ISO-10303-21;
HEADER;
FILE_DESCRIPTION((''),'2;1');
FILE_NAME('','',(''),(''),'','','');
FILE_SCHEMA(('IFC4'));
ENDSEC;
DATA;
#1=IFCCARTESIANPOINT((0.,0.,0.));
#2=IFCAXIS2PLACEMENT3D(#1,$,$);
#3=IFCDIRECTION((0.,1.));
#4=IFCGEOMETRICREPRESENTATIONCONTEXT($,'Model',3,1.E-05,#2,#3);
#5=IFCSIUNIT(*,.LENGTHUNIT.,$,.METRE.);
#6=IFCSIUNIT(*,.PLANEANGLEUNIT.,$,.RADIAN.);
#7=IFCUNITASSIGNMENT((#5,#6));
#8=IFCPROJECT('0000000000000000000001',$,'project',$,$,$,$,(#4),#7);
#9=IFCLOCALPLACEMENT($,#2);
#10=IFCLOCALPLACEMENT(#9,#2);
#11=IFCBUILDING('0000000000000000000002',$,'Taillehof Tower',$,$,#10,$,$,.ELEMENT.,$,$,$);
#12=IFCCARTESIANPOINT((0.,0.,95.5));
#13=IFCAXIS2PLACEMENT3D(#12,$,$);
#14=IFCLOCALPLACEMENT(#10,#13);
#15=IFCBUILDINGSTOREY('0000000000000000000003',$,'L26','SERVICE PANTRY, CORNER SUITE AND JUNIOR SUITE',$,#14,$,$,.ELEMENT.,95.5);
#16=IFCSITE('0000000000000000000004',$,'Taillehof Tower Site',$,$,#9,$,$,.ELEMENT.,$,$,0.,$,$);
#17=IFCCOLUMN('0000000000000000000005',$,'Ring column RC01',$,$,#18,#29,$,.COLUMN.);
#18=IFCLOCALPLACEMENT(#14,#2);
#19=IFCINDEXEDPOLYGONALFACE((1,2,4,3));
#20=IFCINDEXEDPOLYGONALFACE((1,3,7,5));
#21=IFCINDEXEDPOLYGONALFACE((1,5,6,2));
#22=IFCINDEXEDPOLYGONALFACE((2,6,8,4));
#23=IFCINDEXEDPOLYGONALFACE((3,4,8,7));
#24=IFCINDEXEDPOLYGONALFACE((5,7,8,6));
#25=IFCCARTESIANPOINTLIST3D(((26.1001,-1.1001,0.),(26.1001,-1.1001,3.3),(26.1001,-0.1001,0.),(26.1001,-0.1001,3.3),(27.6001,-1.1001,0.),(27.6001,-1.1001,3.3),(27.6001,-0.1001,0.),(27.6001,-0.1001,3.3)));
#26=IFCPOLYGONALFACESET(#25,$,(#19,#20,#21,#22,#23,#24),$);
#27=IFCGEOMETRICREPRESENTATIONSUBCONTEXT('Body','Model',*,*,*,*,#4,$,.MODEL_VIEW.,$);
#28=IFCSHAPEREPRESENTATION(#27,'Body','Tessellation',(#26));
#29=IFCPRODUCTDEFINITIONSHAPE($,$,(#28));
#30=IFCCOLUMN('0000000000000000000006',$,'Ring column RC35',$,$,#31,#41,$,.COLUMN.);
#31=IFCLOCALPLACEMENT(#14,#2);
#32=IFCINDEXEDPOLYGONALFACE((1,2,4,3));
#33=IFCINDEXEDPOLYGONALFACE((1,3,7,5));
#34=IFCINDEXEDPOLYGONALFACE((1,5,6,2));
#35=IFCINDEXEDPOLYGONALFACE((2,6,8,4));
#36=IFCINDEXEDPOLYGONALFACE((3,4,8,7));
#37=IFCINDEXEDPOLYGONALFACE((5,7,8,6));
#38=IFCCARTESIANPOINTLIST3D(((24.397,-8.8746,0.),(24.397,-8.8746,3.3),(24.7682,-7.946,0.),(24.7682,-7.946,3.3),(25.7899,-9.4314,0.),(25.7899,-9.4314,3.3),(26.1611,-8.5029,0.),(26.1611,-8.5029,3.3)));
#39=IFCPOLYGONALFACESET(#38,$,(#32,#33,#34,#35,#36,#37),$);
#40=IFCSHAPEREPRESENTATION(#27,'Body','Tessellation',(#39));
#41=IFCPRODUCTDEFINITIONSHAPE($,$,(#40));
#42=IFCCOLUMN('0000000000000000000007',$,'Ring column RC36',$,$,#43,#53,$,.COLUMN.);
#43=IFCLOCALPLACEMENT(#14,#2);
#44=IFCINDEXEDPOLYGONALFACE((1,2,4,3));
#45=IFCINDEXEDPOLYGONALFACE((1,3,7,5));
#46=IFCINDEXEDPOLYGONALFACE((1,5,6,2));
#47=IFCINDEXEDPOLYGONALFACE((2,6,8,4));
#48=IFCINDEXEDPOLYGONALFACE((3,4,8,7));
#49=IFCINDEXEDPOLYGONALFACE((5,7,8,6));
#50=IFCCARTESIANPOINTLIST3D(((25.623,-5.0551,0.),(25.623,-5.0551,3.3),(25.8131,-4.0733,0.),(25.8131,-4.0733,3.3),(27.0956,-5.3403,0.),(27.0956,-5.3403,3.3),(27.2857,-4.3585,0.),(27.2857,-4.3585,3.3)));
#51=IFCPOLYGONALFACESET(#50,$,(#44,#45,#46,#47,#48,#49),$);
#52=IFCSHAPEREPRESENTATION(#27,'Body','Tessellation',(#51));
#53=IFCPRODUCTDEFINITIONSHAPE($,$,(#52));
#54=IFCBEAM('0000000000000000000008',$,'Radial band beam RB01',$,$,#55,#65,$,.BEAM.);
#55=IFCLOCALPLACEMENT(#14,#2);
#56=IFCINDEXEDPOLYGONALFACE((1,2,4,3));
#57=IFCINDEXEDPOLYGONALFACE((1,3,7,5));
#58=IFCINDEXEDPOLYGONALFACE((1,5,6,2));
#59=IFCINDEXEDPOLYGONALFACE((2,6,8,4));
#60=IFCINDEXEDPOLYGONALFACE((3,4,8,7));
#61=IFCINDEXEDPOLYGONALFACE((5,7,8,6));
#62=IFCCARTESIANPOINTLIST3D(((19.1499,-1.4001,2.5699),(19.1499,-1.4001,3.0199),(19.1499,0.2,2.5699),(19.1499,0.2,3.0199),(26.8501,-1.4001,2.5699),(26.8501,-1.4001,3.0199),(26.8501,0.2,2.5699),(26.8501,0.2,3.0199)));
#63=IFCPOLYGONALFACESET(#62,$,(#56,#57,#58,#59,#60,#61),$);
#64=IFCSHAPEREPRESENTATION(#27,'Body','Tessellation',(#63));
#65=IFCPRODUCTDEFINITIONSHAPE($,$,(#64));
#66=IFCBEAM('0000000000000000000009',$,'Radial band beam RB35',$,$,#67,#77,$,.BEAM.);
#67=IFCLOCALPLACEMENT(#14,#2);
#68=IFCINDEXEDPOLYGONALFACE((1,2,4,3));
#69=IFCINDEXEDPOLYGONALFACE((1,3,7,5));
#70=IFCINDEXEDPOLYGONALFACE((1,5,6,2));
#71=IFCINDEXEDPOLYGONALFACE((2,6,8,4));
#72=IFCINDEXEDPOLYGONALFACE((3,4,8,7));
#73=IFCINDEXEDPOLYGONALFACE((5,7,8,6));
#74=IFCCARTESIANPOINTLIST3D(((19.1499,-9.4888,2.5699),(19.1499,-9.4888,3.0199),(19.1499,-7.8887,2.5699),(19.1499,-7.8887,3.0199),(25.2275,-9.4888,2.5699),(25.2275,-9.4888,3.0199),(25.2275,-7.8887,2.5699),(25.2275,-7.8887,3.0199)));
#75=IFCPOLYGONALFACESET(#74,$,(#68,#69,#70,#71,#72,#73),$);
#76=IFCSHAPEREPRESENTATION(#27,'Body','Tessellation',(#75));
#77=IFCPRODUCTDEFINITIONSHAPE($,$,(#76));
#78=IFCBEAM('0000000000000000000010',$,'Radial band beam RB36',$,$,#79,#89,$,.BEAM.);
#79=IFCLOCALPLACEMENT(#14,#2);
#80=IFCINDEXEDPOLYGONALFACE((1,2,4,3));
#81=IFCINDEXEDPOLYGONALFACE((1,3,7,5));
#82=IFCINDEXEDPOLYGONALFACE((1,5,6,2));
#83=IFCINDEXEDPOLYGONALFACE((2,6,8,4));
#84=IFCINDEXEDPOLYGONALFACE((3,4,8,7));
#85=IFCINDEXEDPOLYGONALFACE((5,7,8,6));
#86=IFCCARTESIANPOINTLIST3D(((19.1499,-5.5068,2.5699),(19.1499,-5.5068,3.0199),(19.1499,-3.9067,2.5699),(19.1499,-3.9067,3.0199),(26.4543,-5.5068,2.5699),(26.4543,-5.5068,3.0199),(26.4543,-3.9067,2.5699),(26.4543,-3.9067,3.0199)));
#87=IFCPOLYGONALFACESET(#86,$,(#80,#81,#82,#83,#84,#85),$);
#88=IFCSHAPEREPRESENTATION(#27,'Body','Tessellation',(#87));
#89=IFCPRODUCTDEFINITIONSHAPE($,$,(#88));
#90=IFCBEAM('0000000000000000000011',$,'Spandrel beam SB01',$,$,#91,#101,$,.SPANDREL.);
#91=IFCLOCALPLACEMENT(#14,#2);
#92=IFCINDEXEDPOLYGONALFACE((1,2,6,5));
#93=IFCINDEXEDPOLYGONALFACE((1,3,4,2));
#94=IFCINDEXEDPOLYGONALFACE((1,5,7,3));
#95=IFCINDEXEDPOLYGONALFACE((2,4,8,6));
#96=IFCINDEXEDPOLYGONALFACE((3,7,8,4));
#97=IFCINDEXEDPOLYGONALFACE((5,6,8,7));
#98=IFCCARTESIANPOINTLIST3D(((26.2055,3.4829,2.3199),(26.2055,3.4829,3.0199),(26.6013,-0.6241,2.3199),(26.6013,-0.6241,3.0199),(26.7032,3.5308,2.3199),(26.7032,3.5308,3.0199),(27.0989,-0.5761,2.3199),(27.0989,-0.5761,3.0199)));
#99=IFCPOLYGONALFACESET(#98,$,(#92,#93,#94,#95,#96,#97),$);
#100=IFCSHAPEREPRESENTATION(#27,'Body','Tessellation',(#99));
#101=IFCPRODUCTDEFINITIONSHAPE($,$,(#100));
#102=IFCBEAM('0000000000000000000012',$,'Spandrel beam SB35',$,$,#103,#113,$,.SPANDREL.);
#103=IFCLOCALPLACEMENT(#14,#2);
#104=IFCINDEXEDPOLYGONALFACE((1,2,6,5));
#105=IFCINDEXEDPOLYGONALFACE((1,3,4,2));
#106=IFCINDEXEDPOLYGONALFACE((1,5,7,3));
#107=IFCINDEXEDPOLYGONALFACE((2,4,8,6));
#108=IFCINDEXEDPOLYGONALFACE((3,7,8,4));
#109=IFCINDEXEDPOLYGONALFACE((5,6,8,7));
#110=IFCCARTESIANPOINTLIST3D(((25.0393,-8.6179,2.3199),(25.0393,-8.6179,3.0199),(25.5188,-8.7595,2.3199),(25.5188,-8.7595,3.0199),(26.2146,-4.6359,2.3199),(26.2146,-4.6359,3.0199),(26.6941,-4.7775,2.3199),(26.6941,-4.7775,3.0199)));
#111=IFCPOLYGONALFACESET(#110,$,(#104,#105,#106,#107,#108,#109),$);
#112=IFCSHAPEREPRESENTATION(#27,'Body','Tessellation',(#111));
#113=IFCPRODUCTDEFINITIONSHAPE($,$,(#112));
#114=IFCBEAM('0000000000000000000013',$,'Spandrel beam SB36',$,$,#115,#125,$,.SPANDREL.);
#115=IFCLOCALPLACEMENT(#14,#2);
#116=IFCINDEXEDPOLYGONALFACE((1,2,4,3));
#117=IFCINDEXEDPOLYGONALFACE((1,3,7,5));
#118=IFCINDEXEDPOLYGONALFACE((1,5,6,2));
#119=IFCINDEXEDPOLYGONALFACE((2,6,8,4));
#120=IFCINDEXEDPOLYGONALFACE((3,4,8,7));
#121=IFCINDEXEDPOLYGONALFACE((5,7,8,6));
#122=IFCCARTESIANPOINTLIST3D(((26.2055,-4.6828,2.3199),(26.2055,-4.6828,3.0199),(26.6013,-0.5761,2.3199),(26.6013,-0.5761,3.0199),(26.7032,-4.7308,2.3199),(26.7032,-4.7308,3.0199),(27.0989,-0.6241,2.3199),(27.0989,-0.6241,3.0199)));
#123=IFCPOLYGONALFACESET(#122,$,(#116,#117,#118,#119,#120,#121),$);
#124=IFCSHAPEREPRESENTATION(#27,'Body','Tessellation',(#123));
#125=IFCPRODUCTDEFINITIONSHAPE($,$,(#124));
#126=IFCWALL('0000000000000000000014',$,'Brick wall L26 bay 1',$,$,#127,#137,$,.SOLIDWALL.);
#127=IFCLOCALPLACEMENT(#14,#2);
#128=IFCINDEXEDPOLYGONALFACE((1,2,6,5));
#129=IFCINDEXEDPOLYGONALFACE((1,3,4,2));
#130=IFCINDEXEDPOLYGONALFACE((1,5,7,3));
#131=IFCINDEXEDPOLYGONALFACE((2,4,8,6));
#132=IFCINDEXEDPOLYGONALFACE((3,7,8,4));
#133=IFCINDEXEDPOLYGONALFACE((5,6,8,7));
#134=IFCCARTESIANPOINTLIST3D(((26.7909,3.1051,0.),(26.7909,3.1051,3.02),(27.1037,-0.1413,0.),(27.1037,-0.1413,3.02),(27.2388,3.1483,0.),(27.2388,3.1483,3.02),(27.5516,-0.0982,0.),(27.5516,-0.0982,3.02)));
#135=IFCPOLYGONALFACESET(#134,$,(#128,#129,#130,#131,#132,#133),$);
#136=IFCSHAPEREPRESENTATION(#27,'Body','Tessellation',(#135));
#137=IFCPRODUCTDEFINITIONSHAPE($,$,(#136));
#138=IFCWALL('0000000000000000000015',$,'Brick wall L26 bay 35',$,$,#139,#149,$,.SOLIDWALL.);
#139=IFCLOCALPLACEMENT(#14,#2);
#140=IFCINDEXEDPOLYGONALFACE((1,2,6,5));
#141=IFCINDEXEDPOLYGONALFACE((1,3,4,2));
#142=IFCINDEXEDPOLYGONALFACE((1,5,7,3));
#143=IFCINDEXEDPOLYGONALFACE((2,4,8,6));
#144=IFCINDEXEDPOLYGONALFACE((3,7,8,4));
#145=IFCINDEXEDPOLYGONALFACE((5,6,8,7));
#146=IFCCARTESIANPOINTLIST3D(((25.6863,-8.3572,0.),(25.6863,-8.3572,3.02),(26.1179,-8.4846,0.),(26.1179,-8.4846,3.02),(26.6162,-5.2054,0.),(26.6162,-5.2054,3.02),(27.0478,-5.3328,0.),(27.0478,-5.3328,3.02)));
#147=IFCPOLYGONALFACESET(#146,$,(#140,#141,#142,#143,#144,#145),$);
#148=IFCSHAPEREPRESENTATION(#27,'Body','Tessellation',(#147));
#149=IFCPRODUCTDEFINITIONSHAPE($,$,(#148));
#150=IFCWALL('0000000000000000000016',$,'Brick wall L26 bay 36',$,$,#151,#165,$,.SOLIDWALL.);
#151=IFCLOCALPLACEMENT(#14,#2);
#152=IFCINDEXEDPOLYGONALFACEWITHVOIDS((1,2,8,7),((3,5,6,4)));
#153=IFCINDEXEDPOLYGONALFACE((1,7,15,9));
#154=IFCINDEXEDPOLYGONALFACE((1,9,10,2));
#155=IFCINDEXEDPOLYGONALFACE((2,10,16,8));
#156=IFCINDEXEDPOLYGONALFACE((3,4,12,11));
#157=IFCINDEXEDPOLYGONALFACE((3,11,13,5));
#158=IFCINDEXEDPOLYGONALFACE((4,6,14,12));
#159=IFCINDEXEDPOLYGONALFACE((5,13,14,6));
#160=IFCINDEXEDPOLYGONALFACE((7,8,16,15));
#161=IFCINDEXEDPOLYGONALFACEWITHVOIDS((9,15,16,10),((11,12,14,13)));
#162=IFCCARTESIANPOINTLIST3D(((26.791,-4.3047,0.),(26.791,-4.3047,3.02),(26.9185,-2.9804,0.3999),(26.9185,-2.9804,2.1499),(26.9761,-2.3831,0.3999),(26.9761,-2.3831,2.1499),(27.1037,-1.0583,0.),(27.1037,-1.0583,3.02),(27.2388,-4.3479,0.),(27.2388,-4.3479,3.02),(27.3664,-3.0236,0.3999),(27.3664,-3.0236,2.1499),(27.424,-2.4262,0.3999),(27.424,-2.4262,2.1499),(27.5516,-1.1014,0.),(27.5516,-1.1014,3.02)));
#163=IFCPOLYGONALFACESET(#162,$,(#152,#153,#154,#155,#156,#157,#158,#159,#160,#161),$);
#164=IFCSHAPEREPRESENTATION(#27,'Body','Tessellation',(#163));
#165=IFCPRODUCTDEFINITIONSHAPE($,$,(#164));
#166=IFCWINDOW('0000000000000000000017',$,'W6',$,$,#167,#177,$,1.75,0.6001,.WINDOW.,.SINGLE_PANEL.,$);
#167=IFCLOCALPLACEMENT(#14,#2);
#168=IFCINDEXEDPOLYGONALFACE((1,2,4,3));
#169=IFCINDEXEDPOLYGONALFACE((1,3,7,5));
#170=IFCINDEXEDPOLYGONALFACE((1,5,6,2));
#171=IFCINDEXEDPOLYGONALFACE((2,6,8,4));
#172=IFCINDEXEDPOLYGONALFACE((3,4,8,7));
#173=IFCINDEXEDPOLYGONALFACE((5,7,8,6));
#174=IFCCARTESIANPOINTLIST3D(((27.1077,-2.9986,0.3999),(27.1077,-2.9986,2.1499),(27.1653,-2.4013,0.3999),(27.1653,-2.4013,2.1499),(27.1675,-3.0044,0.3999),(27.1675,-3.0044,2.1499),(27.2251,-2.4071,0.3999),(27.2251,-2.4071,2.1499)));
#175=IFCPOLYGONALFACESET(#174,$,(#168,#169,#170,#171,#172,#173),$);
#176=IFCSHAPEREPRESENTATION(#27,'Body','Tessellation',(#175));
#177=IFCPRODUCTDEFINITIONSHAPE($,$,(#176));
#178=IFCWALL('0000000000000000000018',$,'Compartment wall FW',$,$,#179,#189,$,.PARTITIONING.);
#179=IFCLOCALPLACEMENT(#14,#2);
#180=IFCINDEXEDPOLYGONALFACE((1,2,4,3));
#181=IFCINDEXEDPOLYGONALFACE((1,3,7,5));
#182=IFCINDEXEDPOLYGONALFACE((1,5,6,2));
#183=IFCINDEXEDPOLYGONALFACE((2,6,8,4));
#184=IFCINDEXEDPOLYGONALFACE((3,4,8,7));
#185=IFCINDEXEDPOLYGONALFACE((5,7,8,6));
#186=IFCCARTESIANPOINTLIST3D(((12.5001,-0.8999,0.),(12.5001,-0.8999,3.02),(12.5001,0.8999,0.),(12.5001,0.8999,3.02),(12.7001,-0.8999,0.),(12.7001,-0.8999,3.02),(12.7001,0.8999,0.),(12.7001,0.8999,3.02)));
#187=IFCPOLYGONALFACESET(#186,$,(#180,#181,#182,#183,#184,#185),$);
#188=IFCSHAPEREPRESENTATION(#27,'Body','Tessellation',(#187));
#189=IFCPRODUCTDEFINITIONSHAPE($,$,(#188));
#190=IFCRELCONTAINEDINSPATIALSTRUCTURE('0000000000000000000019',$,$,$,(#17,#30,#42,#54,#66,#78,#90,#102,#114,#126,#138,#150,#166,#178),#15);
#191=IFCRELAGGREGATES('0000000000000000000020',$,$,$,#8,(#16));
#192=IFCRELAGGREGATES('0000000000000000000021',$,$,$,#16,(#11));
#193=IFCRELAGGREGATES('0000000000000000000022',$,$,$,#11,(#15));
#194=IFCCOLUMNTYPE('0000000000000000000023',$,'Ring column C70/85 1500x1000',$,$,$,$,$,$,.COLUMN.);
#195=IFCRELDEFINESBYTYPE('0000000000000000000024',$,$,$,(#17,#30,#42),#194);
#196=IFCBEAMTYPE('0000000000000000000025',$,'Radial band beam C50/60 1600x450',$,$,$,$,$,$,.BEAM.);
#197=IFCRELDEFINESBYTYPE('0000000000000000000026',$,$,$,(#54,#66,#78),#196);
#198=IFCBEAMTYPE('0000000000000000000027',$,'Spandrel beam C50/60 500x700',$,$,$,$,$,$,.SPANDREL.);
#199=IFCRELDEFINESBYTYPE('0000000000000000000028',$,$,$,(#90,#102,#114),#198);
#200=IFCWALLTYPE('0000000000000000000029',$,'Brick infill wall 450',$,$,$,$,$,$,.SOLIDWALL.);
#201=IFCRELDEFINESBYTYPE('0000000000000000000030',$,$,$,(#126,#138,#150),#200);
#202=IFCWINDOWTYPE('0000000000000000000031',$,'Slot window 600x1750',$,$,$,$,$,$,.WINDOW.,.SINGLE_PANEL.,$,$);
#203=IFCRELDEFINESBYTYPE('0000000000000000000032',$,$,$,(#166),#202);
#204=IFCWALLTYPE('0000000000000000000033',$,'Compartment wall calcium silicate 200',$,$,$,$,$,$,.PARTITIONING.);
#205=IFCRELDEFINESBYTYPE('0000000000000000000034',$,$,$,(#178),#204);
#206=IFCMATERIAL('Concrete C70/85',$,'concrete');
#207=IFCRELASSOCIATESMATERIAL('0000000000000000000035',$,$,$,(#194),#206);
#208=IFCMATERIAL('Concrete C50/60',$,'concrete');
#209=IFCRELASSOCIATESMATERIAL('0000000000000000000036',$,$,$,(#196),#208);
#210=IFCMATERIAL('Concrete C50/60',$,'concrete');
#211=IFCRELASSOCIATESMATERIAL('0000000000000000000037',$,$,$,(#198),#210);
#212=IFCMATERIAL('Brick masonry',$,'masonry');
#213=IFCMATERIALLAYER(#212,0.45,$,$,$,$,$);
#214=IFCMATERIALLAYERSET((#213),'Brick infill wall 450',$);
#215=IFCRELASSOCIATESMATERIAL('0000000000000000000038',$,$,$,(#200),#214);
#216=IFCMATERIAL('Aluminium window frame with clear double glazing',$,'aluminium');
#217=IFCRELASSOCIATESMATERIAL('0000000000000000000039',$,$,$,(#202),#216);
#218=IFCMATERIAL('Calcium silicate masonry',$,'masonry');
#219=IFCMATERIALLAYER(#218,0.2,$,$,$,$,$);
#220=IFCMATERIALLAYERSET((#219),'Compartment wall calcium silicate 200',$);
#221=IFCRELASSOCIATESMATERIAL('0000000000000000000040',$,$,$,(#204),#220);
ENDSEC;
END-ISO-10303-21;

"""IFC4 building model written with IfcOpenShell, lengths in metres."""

from ifc_helpers import new_model, si_unit, direction, frame, frame_2d, origin, origin_2d, place, context, subcontext, project, spatial, rectangle, extrude, material, layer, layer_set, material_profile, profile_set, type_object, element, fill, save


model = new_model("IFC4")

# Units and contexts
model_context = context("Model", 3, precision=1e-05, world=origin(), true_north=direction((0.0, 1.0)))
body_context = subcontext(model_context, "Body", "Model", "MODEL_VIEW")
ifc_project = project(units=[si_unit("LENGTHUNIT", "METRE"), si_unit("PLANEANGLEUNIT", "RADIAN")], contexts=[model_context])

# Site, building, storey
site_placement = place(None, origin())
site = spatial("IfcSite", under=ifc_project, at=site_placement, Name="Taillehof Tower Site", CompositionType="ELEMENT", RefElevation=0.0)
building_placement = place(site_placement, origin())
building = spatial("IfcBuilding", under=site, at=building_placement, Name="Taillehof Tower", CompositionType="ELEMENT")
storey_placement = place(building_placement, frame((0.0, 0.0, 95.5)))
storey = spatial("IfcBuildingStorey", under=building, at=storey_placement, Name="L26", Description="SERVICE PANTRY, CORNER SUITE AND JUNIOR SUITE", CompositionType="ELEMENT", Elevation=95.5)

# Columns
ifc_material_1 = material(Name="Concrete C70/85", Category="concrete")
ifc_material_profile_1 = material_profile(ifc_material_1, rectangle(XDim=1.5, YDim=1.0, at=origin_2d()), Name="RC 1500x1000")
ifc_profile_set_1 = profile_set([ifc_material_profile_1], Name="Concrete C70/85")
column_type = type_object("IfcColumnType", Name="Ring column C70/85 1500x1000", PredefinedType="COLUMN", material=ifc_profile_set_1)
for number, where, z_axis, x_axis, name in (
    (1, (26.8501, -0.6001, 0.0), (0.0, 0.0, 1.0), (1.0, 0.0, 0.0), "Ring column RC01"),
    (2, (25.2791, -8.6887, 0.0), (0.0, 0.0, 1.0), (0.92855, -0.371207, 0.0), "Ring column RC35"),
    (3, (26.4543, -4.7068, 0.0), (0.0, 0.0, 1.0), (0.981757, -0.190138, 0.0), "Ring column RC36"),
):
    element("IfcColumn", number, at=place(storey_placement, frame(where, z_axis=z_axis, x_axis=x_axis)), inside=storey, type_object=column_type, Name=name, PredefinedType="COLUMN", context=body_context, shape_type="SweptSolid", body=[
        extrude(rectangle(XDim=1.5, YDim=1.0, at=origin_2d()), origin(), (0.0, 0.0, 1.0), 3.3),
    ])

# Beams
ifc_material_2 = material(Name="Concrete C50/60", Category="concrete")
ifc_material_profile_2 = material_profile(ifc_material_2, rectangle(XDim=1.6001, YDim=0.45, at=origin_2d()), Name="RC 1600x450")
ifc_profile_set_2 = profile_set([ifc_material_profile_2], Name="Concrete C50/60")
beam_type_1 = type_object("IfcBeamType", Name="Radial band beam C50/60 1600x450", PredefinedType="BEAM", material=ifc_profile_set_2)
beam_1_placement = place(storey_placement, frame((26.8501, -0.6001, 2.7949), z_axis=(-1.0, 0.0, 0.0), x_axis=(0.0, -1.0, 0.0)))
element("IfcBeam", 4, at=beam_1_placement, inside=storey, type_object=beam_type_1, Name="Radial band beam RB01", PredefinedType="BEAM", context=body_context, shape_type="SweptSolid", body=[
    extrude(rectangle(XDim=1.6001, YDim=0.45, at=origin_2d()), origin(), (0.0, 0.0, 1.0), 7.7002),
])
beam_2_placement = place(storey_placement, frame((25.2275, -8.6887, 2.7949), z_axis=(-1.0, 0.0, 0.0), x_axis=(0.0, -1.0, 0.0)))
element("IfcBeam", 5, at=beam_2_placement, inside=storey, type_object=beam_type_1, Name="Radial band beam RB35", PredefinedType="BEAM", context=body_context, shape_type="SweptSolid", body=[
    extrude(rectangle(XDim=1.6001, YDim=0.45, at=origin_2d()), origin(), (0.0, 0.0, 1.0), 6.0776),
])
beam_3_placement = place(storey_placement, frame((26.4543, -4.7068, 2.7949), z_axis=(-1.0, 0.0, 0.0), x_axis=(0.0, -1.0, 0.0)))
element("IfcBeam", 6, at=beam_3_placement, inside=storey, type_object=beam_type_1, Name="Radial band beam RB36", PredefinedType="BEAM", context=body_context, shape_type="SweptSolid", body=[
    extrude(rectangle(XDim=1.6001, YDim=0.45, at=origin_2d()), origin(), (0.0, 0.0, 1.0), 7.3044),
])
ifc_material_3 = material(Name="Concrete C50/60", Category="concrete")
ifc_material_profile_3 = material_profile(ifc_material_3, rectangle(XDim=0.5, YDim=0.7, at=origin_2d()), Name="RC 500x700")
ifc_profile_set_3 = profile_set([ifc_material_profile_3], Name="Concrete C50/60")
beam_type_2 = type_object("IfcBeamType", Name="Spandrel beam C50/60 500x700", PredefinedType="SPANDREL", material=ifc_profile_set_3)
beam_4_placement = place(storey_placement, frame((26.8501, -0.6001, 2.6699), z_axis=(-0.095918, 0.995389, 0.0), x_axis=(-0.995389, -0.095918, 0.0)))
element("IfcBeam", 7, at=beam_4_placement, inside=storey, type_object=beam_type_2, Name="Spandrel beam SB01", PredefinedType="SPANDREL", context=body_context, shape_type="SweptSolid", body=[
    extrude(rectangle(XDim=0.5, YDim=0.7, at=origin_2d()), origin(), (0.0, 0.0, 1.0), 4.126),
])
beam_5_placement = place(storey_placement, frame((25.2791, -8.6887, 2.6699), z_axis=(0.283083, 0.959095, 0.0), x_axis=(-0.959095, 0.283083, 0.0)))
element("IfcBeam", 8, at=beam_5_placement, inside=storey, type_object=beam_type_2, Name="Spandrel beam SB35", PredefinedType="SPANDREL", context=body_context, shape_type="SweptSolid", body=[
    extrude(rectangle(XDim=0.5, YDim=0.7, at=origin_2d()), origin(), (0.0, 0.0, 1.0), 4.1519),
])
beam_6_placement = place(storey_placement, frame((26.4543, -4.7068, 2.6699), z_axis=(0.095923, 0.995389, 0.0), x_axis=(-0.995389, 0.095923, 0.0)))
element("IfcBeam", 9, at=beam_6_placement, inside=storey, type_object=beam_type_2, Name="Spandrel beam SB36", PredefinedType="SPANDREL", context=body_context, shape_type="SweptSolid", body=[
    extrude(rectangle(XDim=0.5, YDim=0.7, at=origin_2d()), origin(), (0.0, 0.0, 1.0), 4.1257),
])

# Walls
ifc_material_4 = material(Name="Brick masonry", Category="masonry")
ifc_layer_1 = layer(ifc_material_4, 0.45)
ifc_layer_set_1 = layer_set([ifc_layer_1], Name="Brick infill wall 450")
wall_type_1 = type_object("IfcWallType", Name="Brick infill wall 450", PredefinedType="SOLIDWALL", material=ifc_layer_set_1)
wall_1_placement = place(storey_placement, frame((27.3276, -0.1199, 0.0), z_axis=(0.0, 0.0, 1.0), x_axis=(-0.095894, 0.995392, 0.0)))
element("IfcWall", 10, at=wall_1_placement, inside=storey, type_object=wall_type_1, Name="Brick wall L26 bay 1", PredefinedType="SOLIDWALL", context=body_context, shape_type="SweptSolid", body=[
    extrude(rectangle(XDim=3.2615, YDim=0.45, at=frame_2d((1.6309, 0.0))), origin(), (0.0, 0.0, 1.0), 3.02),
])
wall_2_placement = place(storey_placement, frame((25.9021, -8.4209, 0.0), z_axis=(0.0, 0.0, 1.0), x_axis=(0.282983, 0.959125, 0.0)))
element("IfcWall", 11, at=wall_2_placement, inside=storey, type_object=wall_type_1, Name="Brick wall L26 bay 35", PredefinedType="SOLIDWALL", context=body_context, shape_type="SweptSolid", body=[
    extrude(rectangle(XDim=3.2861, YDim=0.45, at=frame_2d((1.6431, 0.0))), origin(), (0.0, 0.0, 1.0), 3.02),
])

# Wall, opening, window
wall_3_placement = place(storey_placement, frame((27.0149, -4.3264, 0.0), z_axis=(0.0, 0.0, 1.0), x_axis=(0.095894, 0.995392, 0.0)))
wall_3 = element("IfcWall", 12, at=wall_3_placement, inside=storey, type_object=wall_type_1, Name="Brick wall L26 bay 36", PredefinedType="SOLIDWALL", context=body_context, shape_type="SweptSolid", body=[
    extrude(rectangle(XDim=3.2615, YDim=0.45, at=frame_2d((1.6309, 0.0))), origin(), (0.0, 0.0, 1.0), 3.02),
])
opening_1_placement = place(wall_3_placement, frame((1.3306, 0.0, 0.3999)))
opening_1 = element("IfcOpeningElement", 13, at=opening_1_placement, cuts=wall_3, PredefinedType="OPENING", context=body_context, shape_type="SweptSolid", body=[
    extrude(rectangle(XDim=0.6001, YDim=1.75, at=frame_2d((0.3, 0.875))), frame((0.0, 0.2349, 0.0), z_axis=(0.0, -1.0, 0.0), x_axis=(1.0, 0.0, 0.0)), (0.0, 0.0, 1.0), 0.47),
])
ifc_material_5 = material(Name="Aluminium window frame with clear double glazing", Category="aluminium")
window_type = type_object("IfcWindowType", Name="Slot window 600x1750", PartitioningType="SINGLE_PANEL", PredefinedType="WINDOW", material=ifc_material_5)
window_placement = place(opening_1_placement, origin())
window = element("IfcWindow", 14, at=window_placement, inside=storey, type_object=window_type, Name="W6", OverallHeight=1.75, OverallWidth=0.6001, PartitioningType="SINGLE_PANEL", PredefinedType="WINDOW", context=body_context, shape_type="SweptSolid", body=[
    extrude(rectangle(XDim=0.6001, YDim=1.75, at=frame_2d((0.3, 0.875))), frame((0.0, 0.0349, 0.0), z_axis=(0.0, -1.0, 0.0), x_axis=(1.0, 0.0, 0.0)), (0.0, 0.0, 1.0), 0.0601),
])
fill(opening_1, window)

# Wall
ifc_material_6 = material(Name="Calcium silicate masonry", Category="masonry")
ifc_layer_2 = layer(ifc_material_6, 0.2)
ifc_layer_set_2 = layer_set([ifc_layer_2], Name="Compartment wall calcium silicate 200")
wall_type_2 = type_object("IfcWallType", Name="Compartment wall calcium silicate 200", PredefinedType="PARTITIONING", material=ifc_layer_set_2)
wall_4_placement = place(storey_placement, frame((12.6001, -0.8999, 0.0), z_axis=(0.0, 0.0, 1.0), x_axis=(0.0, 1.0, 0.0)))
element("IfcWall", 15, at=wall_4_placement, inside=storey, type_object=wall_type_2, Name="Compartment wall FW", PredefinedType="PARTITIONING", context=body_context, shape_type="SweptSolid", body=[
    extrude(rectangle(XDim=1.7998, YDim=0.2, at=frame_2d((0.8999, 0.0))), origin(), (0.0, 0.0, 1.0), 3.02),
])

save(model, "model.ifc")
